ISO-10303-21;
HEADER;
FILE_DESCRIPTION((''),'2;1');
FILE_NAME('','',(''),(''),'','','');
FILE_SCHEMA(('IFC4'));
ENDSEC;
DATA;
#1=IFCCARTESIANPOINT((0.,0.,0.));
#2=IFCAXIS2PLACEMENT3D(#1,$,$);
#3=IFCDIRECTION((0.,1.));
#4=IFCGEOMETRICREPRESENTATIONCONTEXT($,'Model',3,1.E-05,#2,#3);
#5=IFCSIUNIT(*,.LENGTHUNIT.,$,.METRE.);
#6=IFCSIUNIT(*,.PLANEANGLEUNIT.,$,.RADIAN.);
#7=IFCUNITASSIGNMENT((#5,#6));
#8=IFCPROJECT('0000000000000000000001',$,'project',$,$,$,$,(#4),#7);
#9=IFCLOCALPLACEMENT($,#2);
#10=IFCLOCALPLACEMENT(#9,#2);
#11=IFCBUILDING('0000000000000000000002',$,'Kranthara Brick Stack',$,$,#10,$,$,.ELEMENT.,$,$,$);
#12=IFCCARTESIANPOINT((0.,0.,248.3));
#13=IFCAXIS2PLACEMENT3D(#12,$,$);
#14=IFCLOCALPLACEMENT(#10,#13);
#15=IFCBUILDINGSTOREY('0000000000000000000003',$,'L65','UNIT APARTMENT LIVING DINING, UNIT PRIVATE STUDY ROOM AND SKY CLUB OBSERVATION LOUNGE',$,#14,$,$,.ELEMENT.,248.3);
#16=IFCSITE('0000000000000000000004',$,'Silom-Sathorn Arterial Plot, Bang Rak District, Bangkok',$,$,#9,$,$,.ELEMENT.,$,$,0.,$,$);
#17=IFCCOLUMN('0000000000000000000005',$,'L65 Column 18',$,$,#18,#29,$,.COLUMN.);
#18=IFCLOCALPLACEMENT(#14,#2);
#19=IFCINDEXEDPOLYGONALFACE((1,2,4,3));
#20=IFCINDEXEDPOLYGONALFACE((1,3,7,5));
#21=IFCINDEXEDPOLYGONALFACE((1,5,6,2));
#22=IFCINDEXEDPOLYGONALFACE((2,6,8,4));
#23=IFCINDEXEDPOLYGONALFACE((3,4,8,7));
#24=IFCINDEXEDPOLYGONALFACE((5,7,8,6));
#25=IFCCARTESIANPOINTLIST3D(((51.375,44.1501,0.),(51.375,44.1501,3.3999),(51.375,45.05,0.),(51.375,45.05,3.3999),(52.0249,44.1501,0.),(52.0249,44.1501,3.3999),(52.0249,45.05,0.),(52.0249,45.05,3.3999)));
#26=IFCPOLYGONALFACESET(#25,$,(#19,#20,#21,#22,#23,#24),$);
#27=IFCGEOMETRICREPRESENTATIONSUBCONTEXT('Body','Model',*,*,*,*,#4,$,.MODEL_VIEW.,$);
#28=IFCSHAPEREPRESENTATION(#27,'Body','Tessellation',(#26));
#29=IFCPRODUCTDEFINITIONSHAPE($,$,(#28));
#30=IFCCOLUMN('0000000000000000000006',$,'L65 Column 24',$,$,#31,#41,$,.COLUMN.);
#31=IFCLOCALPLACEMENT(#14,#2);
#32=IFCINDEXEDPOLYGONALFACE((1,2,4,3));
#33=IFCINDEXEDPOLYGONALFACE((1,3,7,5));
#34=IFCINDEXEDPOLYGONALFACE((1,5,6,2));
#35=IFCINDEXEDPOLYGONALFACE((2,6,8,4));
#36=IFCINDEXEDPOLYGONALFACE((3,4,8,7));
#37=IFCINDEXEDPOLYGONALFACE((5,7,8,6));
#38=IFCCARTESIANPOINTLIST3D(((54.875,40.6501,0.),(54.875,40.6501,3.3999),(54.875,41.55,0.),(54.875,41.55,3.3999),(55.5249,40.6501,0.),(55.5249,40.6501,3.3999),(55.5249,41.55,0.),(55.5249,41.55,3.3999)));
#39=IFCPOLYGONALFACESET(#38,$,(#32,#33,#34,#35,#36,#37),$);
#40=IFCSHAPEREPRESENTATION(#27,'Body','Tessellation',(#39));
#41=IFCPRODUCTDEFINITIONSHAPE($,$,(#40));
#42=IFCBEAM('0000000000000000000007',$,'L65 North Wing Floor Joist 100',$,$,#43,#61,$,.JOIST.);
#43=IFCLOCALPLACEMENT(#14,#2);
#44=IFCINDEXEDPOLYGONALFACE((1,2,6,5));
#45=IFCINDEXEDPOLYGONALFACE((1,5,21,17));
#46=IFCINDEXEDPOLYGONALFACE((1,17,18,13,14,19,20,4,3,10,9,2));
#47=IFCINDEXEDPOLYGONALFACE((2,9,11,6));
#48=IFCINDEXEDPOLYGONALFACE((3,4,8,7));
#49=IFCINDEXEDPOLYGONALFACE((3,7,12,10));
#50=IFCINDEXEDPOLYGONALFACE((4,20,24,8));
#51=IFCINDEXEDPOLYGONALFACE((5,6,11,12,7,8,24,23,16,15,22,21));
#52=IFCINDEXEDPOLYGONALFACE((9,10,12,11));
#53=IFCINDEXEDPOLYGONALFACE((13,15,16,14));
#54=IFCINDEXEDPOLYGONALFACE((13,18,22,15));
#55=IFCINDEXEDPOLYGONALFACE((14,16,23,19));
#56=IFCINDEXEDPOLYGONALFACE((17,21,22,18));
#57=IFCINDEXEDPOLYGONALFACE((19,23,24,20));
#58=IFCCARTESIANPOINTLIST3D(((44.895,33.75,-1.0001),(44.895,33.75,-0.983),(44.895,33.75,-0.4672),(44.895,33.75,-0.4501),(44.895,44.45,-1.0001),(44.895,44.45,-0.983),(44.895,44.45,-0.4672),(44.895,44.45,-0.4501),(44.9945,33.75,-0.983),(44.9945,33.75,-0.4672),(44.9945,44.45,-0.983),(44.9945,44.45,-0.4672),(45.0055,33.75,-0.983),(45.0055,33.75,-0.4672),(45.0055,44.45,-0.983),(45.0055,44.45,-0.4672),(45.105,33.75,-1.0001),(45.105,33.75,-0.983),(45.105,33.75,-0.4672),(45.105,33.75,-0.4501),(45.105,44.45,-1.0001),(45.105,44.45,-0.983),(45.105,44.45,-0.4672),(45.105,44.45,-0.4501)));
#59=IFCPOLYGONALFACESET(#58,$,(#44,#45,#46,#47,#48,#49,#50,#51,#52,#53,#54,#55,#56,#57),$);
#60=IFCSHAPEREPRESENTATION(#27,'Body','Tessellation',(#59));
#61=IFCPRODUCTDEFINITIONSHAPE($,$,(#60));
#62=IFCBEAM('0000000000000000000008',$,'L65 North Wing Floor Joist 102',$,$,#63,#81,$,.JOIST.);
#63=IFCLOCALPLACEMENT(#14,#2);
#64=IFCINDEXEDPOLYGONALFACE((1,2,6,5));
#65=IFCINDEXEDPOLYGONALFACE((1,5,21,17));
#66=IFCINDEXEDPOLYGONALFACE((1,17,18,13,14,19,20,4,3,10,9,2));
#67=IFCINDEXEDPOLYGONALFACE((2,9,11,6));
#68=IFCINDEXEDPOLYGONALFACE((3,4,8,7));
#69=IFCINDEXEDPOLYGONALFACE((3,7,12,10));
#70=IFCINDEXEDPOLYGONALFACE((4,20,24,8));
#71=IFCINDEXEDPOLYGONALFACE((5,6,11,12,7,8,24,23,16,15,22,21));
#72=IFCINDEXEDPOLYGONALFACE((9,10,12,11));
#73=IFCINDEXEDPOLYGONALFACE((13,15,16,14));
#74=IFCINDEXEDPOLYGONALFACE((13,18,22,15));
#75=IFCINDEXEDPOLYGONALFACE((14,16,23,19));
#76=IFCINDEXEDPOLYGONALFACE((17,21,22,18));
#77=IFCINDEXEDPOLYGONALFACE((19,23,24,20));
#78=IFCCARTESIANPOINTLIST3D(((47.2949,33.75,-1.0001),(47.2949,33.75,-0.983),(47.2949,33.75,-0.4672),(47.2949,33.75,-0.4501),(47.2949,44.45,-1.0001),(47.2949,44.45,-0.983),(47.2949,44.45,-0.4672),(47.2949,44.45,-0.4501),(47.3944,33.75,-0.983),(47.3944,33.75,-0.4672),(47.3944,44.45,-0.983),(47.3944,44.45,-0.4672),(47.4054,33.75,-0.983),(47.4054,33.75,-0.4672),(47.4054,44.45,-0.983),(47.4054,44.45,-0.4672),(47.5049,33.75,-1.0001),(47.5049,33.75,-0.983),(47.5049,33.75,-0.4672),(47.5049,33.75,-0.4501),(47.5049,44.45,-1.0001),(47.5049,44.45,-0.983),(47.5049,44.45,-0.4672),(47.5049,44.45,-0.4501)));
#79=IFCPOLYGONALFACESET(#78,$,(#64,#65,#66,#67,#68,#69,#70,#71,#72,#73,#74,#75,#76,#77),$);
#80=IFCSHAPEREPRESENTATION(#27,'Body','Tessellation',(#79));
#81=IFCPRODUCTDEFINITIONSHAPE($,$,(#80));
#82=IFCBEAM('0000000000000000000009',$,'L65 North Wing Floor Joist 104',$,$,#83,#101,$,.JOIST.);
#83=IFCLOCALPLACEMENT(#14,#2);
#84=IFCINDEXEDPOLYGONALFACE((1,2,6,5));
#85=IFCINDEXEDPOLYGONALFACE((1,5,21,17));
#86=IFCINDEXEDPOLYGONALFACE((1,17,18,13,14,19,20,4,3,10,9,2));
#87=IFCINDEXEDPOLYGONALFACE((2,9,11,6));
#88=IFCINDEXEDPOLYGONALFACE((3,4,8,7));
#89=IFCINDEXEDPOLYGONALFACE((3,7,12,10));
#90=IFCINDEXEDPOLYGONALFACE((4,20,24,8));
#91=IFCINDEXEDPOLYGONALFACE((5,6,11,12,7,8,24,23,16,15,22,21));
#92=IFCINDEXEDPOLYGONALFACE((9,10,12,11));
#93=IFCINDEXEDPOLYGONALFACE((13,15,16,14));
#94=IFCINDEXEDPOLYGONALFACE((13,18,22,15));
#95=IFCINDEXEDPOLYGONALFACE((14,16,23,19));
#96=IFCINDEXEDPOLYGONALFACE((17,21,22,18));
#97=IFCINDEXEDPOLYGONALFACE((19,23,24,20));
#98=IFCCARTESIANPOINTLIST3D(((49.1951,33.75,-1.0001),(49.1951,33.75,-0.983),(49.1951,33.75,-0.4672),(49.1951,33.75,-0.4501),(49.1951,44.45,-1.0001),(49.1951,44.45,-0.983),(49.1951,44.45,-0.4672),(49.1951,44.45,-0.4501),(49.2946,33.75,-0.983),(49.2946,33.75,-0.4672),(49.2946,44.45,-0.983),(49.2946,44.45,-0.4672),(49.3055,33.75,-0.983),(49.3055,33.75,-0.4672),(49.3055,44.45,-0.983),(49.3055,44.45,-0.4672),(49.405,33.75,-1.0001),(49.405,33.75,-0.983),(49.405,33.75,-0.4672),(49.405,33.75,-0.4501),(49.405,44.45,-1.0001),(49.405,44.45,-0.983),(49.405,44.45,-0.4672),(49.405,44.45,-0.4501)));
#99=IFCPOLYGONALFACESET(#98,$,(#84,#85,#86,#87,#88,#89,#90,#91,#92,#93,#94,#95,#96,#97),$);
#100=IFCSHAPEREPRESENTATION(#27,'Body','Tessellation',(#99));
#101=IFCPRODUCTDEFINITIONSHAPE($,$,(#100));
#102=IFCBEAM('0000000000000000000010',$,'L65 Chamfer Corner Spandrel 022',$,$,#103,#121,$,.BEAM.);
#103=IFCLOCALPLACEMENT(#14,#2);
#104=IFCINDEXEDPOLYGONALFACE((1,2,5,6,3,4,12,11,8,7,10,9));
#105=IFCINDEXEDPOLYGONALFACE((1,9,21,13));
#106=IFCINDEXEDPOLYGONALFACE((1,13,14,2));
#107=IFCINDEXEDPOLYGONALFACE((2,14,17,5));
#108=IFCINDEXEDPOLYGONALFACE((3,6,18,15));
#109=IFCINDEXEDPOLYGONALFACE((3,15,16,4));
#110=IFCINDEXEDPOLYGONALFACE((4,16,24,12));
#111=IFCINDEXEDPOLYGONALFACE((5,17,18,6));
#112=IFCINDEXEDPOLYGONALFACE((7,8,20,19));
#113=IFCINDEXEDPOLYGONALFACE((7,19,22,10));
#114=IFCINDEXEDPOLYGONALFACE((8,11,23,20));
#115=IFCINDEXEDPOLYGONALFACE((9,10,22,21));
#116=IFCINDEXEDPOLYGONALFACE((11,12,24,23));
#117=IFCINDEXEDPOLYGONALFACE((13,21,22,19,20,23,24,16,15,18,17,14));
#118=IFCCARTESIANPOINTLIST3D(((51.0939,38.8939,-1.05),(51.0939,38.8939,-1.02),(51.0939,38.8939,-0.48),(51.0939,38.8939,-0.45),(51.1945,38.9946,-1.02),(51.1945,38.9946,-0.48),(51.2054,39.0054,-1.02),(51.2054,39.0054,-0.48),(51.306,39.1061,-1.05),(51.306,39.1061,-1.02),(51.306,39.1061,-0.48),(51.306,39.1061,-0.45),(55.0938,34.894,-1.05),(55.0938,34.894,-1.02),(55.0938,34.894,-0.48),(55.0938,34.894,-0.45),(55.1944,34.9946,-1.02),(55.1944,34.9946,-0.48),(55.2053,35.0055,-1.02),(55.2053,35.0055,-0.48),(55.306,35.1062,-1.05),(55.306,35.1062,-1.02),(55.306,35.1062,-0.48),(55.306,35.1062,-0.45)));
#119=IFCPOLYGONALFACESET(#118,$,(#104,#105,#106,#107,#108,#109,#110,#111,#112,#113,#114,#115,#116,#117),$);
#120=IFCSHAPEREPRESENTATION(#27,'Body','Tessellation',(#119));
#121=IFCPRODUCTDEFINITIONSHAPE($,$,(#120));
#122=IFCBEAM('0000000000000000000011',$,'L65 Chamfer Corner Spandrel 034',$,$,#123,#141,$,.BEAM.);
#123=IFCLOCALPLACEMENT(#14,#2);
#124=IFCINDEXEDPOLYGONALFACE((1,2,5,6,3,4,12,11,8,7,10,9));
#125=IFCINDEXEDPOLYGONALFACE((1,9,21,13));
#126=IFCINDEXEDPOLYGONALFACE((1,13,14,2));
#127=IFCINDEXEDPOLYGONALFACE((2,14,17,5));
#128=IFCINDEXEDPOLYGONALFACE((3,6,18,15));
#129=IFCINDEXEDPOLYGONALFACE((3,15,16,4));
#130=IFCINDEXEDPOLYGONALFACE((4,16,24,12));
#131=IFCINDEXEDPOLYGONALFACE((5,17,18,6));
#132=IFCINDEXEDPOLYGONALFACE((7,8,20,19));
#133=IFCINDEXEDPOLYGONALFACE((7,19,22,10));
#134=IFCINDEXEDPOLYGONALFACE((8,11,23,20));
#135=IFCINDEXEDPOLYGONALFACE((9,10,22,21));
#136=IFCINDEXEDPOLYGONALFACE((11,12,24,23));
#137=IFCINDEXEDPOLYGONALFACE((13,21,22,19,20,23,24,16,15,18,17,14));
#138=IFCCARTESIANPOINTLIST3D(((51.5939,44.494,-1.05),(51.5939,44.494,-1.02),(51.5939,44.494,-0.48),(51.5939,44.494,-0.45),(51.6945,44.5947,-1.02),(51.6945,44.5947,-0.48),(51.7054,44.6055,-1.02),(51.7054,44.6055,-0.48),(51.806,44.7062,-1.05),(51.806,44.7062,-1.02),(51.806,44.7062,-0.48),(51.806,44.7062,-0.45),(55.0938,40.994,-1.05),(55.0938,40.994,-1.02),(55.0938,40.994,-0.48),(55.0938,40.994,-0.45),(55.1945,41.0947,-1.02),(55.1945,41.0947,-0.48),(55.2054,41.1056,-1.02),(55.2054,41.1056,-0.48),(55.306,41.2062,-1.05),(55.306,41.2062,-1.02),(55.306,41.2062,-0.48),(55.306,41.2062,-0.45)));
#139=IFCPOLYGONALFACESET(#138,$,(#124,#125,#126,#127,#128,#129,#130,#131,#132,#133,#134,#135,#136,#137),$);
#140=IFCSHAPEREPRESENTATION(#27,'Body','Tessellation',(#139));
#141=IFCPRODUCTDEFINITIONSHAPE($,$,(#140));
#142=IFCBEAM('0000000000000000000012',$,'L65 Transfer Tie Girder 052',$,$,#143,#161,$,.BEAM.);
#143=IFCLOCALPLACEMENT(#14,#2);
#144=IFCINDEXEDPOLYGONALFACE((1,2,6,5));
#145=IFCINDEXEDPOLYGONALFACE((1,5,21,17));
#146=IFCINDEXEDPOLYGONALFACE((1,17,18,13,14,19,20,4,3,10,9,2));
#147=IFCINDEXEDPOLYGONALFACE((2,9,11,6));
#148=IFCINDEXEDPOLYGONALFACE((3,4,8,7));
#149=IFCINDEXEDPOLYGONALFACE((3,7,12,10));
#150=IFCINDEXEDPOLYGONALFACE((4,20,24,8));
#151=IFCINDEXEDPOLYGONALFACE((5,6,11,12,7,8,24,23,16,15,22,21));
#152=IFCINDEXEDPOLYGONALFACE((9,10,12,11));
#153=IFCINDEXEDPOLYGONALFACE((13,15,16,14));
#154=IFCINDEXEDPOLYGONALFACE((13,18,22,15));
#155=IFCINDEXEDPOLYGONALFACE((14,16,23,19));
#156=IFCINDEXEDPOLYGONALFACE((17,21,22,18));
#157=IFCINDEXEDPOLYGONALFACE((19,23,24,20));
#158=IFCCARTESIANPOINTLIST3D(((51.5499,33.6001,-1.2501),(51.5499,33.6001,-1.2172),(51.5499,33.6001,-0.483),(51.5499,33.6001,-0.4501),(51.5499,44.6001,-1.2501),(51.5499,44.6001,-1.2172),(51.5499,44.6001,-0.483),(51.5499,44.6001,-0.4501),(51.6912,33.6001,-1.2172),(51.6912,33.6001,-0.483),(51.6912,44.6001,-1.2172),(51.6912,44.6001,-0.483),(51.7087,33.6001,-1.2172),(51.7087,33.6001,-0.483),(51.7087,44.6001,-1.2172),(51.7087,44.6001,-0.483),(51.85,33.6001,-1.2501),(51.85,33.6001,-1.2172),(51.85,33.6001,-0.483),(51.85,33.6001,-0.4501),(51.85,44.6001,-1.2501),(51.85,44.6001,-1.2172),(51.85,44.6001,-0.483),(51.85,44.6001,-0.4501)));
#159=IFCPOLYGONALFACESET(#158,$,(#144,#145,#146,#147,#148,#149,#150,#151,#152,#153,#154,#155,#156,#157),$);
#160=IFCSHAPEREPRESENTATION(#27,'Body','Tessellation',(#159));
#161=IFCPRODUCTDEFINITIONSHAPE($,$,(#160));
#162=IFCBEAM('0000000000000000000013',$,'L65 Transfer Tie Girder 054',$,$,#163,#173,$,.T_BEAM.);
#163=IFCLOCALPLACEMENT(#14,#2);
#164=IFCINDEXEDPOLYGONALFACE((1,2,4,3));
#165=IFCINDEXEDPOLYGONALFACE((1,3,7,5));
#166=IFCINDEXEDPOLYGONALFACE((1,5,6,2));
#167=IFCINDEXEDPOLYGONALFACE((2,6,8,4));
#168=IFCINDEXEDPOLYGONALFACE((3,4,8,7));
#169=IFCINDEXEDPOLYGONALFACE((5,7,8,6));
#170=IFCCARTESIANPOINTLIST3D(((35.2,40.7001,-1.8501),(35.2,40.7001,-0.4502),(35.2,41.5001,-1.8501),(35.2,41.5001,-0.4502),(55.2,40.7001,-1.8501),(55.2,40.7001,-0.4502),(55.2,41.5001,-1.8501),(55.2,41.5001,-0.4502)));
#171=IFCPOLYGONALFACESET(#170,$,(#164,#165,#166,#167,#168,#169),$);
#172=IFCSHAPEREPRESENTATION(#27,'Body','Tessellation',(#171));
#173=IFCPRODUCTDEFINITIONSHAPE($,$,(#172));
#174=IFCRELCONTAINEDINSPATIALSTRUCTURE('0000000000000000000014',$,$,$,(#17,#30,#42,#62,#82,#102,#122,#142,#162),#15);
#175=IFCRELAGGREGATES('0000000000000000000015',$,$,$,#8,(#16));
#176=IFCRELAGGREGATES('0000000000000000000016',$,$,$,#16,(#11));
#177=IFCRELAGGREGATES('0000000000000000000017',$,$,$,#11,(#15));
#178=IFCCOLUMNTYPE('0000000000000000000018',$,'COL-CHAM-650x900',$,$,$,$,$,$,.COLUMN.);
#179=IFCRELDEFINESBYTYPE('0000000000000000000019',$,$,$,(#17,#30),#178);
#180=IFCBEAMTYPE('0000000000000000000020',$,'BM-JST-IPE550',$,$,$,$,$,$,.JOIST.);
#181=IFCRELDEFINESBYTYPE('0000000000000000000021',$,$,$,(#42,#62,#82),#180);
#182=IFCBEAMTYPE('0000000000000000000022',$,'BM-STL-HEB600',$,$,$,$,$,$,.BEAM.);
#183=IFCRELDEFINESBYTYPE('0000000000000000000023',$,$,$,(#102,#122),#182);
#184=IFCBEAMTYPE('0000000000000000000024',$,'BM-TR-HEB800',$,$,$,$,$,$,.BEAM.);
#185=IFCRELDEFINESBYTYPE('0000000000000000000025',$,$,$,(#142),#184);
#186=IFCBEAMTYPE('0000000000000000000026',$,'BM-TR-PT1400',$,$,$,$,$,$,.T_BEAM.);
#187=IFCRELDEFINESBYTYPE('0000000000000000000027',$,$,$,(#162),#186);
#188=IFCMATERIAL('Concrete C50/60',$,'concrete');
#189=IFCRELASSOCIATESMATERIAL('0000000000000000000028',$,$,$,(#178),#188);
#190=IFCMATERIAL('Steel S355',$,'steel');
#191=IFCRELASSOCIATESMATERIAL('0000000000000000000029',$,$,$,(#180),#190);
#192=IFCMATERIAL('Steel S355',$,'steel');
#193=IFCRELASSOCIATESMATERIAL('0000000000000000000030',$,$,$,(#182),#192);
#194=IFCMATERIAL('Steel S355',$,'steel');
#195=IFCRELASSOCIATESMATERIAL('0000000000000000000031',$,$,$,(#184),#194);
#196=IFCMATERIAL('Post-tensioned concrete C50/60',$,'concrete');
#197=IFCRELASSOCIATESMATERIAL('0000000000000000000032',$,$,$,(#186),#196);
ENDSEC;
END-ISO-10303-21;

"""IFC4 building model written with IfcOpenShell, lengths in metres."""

from ifc_helpers import new_model, si_unit, direction, frame, origin, origin_2d, place, context, subcontext, project, spatial, rectangle, i_section, extrude, material, material_profile, profile_set, type_object, element, save


model = new_model("IFC4")

# Units and contexts
model_context = context("Model", 3, precision=1e-05, world=origin(), true_north=direction((0.0, 1.0)))
body_context = subcontext(model_context, "Body", "Model", "MODEL_VIEW")
ifc_project = project(units=[si_unit("LENGTHUNIT", "METRE"), si_unit("PLANEANGLEUNIT", "RADIAN")], contexts=[model_context])

# Site, building, storey
site_placement = place(None, origin())
site = spatial("IfcSite", under=ifc_project, at=site_placement, Name="Silom-Sathorn Arterial Plot, Bang Rak District, Bangkok", CompositionType="ELEMENT", RefElevation=0.0)
building_placement = place(site_placement, origin())
building = spatial("IfcBuilding", under=site, at=building_placement, Name="Kranthara Brick Stack", CompositionType="ELEMENT")
storey_placement = place(building_placement, frame((0.0, 0.0, 248.3)))
storey = spatial("IfcBuildingStorey", under=building, at=storey_placement, Name="L65", Description="UNIT APARTMENT LIVING DINING, UNIT PRIVATE STUDY ROOM AND SKY CLUB OBSERVATION LOUNGE", CompositionType="ELEMENT", Elevation=248.3)

# Columns
ifc_material_1 = material(Name="Concrete C50/60", Category="concrete")
ifc_material_profile_1 = material_profile(ifc_material_1, rectangle(XDim=0.6499, YDim=0.8999, at=origin_2d()), Name="RC 650x900")
ifc_profile_set_1 = profile_set([ifc_material_profile_1], Name="Concrete C50/60")
column_type = type_object("IfcColumnType", Name="COL-CHAM-650x900", PredefinedType="COLUMN", material=ifc_profile_set_1)
for number, where, z_axis, x_axis, name in (
    (1, (51.7, 44.6001, 0.0), (0.0, 0.0, 1.0), (1.0, 0.0, 0.0), "L65 Column 18"),
    (2, (55.2, 41.1001, 0.0), (0.0, 0.0, 1.0), (1.0, 0.0, 0.0), "L65 Column 24"),
):
    element("IfcColumn", number, at=place(storey_placement, frame(where, z_axis=z_axis, x_axis=x_axis)), inside=storey, type_object=column_type, Name=name, PredefinedType="COLUMN", context=body_context, shape_type="SweptSolid", body=[
        extrude(rectangle(XDim=0.6499, YDim=0.8999, at=origin_2d()), origin(), (0.0, 0.0, 1.0), 3.3999),
    ])

# Beams
ifc_material_2 = material(Name="Steel S355", Category="steel")
ifc_material_profile_2 = material_profile(ifc_material_2, i_section(OverallWidth=0.21, OverallDepth=0.55, WebThickness=0.011, FlangeThickness=0.0171, at=origin_2d()), Name="IPE 550")
ifc_profile_set_2 = profile_set([ifc_material_profile_2], Name="Steel S355")
beam_type_1 = type_object("IfcBeamType", Name="BM-JST-IPE550", PredefinedType="JOIST", material=ifc_profile_set_2)
for number, where, z_axis, x_axis, name in (
    (3, (45.0, 33.75, -0.7251), (0.0, 1.0, 0.0), (-1.0, 0.0, 0.0), "L65 North Wing Floor Joist 100"),
    (4, (47.3999, 33.75, -0.7251), (0.0, 1.0, 0.0), (-1.0, 0.0, 0.0), "L65 North Wing Floor Joist 102"),
    (5, (49.3, 33.75, -0.7251), (0.0, 1.0, 0.0), (-1.0, 0.0, 0.0), "L65 North Wing Floor Joist 104"),
):
    element("IfcBeam", number, at=place(storey_placement, frame(where, z_axis=z_axis, x_axis=x_axis)), inside=storey, type_object=beam_type_1, Name=name, PredefinedType="JOIST", context=body_context, shape_type="SweptSolid", body=[
        extrude(i_section(OverallWidth=0.21, OverallDepth=0.55, WebThickness=0.011, FlangeThickness=0.0171, at=origin_2d()), origin(), (0.0, 0.0, 1.0), 10.7),
    ])
ifc_material_3 = material(Name="Steel S355", Category="steel")
ifc_material_profile_3 = material_profile(ifc_material_3, i_section(OverallWidth=0.3, OverallDepth=0.6001, WebThickness=0.0154, FlangeThickness=0.03, at=origin_2d()), Name="HEB 600")
ifc_profile_set_3 = profile_set([ifc_material_profile_3], Name="Steel S355")
beam_type_2 = type_object("IfcBeamType", Name="BM-STL-HEB600", PredefinedType="BEAM", material=ifc_profile_set_3)
beam_1_placement = place(storey_placement, frame((51.2, 39.0, -0.75), z_axis=(0.707107, -0.707107, 0.0), x_axis=(0.707107, 0.707107, 0.0)))
element("IfcBeam", 6, at=beam_1_placement, inside=storey, type_object=beam_type_2, Name="L65 Chamfer Corner Spandrel 022", PredefinedType="BEAM", context=body_context, shape_type="SweptSolid", body=[
    extrude(i_section(OverallWidth=0.3, OverallDepth=0.6001, WebThickness=0.0154, FlangeThickness=0.03, at=origin_2d()), origin(), (0.0, 0.0, 1.0), 5.6567),
])
beam_2_placement = place(storey_placement, frame((51.7, 44.6001, -0.75), z_axis=(0.707107, -0.707107, 0.0), x_axis=(0.707107, 0.707107, 0.0)))
element("IfcBeam", 7, at=beam_2_placement, inside=storey, type_object=beam_type_2, Name="L65 Chamfer Corner Spandrel 034", PredefinedType="BEAM", context=body_context, shape_type="SweptSolid", body=[
    extrude(i_section(OverallWidth=0.3, OverallDepth=0.6001, WebThickness=0.0154, FlangeThickness=0.03, at=origin_2d()), origin(), (0.0, 0.0, 1.0), 4.9497),
])
ifc_material_4 = material(Name="Steel S355", Category="steel")
ifc_material_profile_4 = material_profile(ifc_material_4, i_section(OverallWidth=0.3, OverallDepth=0.8, WebThickness=0.0176, FlangeThickness=0.033, at=origin_2d()), Name="HEB 800")
ifc_profile_set_4 = profile_set([ifc_material_profile_4], Name="Steel S355")
beam_type_3 = type_object("IfcBeamType", Name="BM-TR-HEB800", PredefinedType="BEAM", material=ifc_profile_set_4)
beam_3_placement = place(storey_placement, frame((51.7, 44.6001, -0.8501), z_axis=(0.0, -1.0, 0.0), x_axis=(1.0, 0.0, 0.0)))
element("IfcBeam", 8, at=beam_3_placement, inside=storey, type_object=beam_type_3, Name="L65 Transfer Tie Girder 052", PredefinedType="BEAM", context=body_context, shape_type="SweptSolid", body=[
    extrude(i_section(OverallWidth=0.3, OverallDepth=0.8, WebThickness=0.0176, FlangeThickness=0.033, at=origin_2d()), origin(), (0.0, 0.0, 1.0), 11.0),
])
ifc_material_5 = material(Name="Post-tensioned concrete C50/60", Category="concrete")
ifc_material_profile_5 = material_profile(ifc_material_5, rectangle(XDim=0.8, YDim=1.3999, at=origin_2d()), Name="PT 800x1400")
ifc_profile_set_5 = profile_set([ifc_material_profile_5], Name="Post-tensioned concrete C50/60")
beam_type_4 = type_object("IfcBeamType", Name="BM-TR-PT1400", PredefinedType="T_BEAM", material=ifc_profile_set_5)
beam_4_placement = place(storey_placement, frame((55.2, 41.1001, -1.1501), z_axis=(-1.0, 0.0, 0.0), x_axis=(0.0, -1.0, 0.0)))
element("IfcBeam", 9, at=beam_4_placement, inside=storey, type_object=beam_type_4, Name="L65 Transfer Tie Girder 054", PredefinedType="T_BEAM", context=body_context, shape_type="SweptSolid", body=[
    extrude(rectangle(XDim=0.8, YDim=1.3999, at=origin_2d()), origin(), (0.0, 0.0, 1.0), 20.0),
])

save(model, "model.ifc")
